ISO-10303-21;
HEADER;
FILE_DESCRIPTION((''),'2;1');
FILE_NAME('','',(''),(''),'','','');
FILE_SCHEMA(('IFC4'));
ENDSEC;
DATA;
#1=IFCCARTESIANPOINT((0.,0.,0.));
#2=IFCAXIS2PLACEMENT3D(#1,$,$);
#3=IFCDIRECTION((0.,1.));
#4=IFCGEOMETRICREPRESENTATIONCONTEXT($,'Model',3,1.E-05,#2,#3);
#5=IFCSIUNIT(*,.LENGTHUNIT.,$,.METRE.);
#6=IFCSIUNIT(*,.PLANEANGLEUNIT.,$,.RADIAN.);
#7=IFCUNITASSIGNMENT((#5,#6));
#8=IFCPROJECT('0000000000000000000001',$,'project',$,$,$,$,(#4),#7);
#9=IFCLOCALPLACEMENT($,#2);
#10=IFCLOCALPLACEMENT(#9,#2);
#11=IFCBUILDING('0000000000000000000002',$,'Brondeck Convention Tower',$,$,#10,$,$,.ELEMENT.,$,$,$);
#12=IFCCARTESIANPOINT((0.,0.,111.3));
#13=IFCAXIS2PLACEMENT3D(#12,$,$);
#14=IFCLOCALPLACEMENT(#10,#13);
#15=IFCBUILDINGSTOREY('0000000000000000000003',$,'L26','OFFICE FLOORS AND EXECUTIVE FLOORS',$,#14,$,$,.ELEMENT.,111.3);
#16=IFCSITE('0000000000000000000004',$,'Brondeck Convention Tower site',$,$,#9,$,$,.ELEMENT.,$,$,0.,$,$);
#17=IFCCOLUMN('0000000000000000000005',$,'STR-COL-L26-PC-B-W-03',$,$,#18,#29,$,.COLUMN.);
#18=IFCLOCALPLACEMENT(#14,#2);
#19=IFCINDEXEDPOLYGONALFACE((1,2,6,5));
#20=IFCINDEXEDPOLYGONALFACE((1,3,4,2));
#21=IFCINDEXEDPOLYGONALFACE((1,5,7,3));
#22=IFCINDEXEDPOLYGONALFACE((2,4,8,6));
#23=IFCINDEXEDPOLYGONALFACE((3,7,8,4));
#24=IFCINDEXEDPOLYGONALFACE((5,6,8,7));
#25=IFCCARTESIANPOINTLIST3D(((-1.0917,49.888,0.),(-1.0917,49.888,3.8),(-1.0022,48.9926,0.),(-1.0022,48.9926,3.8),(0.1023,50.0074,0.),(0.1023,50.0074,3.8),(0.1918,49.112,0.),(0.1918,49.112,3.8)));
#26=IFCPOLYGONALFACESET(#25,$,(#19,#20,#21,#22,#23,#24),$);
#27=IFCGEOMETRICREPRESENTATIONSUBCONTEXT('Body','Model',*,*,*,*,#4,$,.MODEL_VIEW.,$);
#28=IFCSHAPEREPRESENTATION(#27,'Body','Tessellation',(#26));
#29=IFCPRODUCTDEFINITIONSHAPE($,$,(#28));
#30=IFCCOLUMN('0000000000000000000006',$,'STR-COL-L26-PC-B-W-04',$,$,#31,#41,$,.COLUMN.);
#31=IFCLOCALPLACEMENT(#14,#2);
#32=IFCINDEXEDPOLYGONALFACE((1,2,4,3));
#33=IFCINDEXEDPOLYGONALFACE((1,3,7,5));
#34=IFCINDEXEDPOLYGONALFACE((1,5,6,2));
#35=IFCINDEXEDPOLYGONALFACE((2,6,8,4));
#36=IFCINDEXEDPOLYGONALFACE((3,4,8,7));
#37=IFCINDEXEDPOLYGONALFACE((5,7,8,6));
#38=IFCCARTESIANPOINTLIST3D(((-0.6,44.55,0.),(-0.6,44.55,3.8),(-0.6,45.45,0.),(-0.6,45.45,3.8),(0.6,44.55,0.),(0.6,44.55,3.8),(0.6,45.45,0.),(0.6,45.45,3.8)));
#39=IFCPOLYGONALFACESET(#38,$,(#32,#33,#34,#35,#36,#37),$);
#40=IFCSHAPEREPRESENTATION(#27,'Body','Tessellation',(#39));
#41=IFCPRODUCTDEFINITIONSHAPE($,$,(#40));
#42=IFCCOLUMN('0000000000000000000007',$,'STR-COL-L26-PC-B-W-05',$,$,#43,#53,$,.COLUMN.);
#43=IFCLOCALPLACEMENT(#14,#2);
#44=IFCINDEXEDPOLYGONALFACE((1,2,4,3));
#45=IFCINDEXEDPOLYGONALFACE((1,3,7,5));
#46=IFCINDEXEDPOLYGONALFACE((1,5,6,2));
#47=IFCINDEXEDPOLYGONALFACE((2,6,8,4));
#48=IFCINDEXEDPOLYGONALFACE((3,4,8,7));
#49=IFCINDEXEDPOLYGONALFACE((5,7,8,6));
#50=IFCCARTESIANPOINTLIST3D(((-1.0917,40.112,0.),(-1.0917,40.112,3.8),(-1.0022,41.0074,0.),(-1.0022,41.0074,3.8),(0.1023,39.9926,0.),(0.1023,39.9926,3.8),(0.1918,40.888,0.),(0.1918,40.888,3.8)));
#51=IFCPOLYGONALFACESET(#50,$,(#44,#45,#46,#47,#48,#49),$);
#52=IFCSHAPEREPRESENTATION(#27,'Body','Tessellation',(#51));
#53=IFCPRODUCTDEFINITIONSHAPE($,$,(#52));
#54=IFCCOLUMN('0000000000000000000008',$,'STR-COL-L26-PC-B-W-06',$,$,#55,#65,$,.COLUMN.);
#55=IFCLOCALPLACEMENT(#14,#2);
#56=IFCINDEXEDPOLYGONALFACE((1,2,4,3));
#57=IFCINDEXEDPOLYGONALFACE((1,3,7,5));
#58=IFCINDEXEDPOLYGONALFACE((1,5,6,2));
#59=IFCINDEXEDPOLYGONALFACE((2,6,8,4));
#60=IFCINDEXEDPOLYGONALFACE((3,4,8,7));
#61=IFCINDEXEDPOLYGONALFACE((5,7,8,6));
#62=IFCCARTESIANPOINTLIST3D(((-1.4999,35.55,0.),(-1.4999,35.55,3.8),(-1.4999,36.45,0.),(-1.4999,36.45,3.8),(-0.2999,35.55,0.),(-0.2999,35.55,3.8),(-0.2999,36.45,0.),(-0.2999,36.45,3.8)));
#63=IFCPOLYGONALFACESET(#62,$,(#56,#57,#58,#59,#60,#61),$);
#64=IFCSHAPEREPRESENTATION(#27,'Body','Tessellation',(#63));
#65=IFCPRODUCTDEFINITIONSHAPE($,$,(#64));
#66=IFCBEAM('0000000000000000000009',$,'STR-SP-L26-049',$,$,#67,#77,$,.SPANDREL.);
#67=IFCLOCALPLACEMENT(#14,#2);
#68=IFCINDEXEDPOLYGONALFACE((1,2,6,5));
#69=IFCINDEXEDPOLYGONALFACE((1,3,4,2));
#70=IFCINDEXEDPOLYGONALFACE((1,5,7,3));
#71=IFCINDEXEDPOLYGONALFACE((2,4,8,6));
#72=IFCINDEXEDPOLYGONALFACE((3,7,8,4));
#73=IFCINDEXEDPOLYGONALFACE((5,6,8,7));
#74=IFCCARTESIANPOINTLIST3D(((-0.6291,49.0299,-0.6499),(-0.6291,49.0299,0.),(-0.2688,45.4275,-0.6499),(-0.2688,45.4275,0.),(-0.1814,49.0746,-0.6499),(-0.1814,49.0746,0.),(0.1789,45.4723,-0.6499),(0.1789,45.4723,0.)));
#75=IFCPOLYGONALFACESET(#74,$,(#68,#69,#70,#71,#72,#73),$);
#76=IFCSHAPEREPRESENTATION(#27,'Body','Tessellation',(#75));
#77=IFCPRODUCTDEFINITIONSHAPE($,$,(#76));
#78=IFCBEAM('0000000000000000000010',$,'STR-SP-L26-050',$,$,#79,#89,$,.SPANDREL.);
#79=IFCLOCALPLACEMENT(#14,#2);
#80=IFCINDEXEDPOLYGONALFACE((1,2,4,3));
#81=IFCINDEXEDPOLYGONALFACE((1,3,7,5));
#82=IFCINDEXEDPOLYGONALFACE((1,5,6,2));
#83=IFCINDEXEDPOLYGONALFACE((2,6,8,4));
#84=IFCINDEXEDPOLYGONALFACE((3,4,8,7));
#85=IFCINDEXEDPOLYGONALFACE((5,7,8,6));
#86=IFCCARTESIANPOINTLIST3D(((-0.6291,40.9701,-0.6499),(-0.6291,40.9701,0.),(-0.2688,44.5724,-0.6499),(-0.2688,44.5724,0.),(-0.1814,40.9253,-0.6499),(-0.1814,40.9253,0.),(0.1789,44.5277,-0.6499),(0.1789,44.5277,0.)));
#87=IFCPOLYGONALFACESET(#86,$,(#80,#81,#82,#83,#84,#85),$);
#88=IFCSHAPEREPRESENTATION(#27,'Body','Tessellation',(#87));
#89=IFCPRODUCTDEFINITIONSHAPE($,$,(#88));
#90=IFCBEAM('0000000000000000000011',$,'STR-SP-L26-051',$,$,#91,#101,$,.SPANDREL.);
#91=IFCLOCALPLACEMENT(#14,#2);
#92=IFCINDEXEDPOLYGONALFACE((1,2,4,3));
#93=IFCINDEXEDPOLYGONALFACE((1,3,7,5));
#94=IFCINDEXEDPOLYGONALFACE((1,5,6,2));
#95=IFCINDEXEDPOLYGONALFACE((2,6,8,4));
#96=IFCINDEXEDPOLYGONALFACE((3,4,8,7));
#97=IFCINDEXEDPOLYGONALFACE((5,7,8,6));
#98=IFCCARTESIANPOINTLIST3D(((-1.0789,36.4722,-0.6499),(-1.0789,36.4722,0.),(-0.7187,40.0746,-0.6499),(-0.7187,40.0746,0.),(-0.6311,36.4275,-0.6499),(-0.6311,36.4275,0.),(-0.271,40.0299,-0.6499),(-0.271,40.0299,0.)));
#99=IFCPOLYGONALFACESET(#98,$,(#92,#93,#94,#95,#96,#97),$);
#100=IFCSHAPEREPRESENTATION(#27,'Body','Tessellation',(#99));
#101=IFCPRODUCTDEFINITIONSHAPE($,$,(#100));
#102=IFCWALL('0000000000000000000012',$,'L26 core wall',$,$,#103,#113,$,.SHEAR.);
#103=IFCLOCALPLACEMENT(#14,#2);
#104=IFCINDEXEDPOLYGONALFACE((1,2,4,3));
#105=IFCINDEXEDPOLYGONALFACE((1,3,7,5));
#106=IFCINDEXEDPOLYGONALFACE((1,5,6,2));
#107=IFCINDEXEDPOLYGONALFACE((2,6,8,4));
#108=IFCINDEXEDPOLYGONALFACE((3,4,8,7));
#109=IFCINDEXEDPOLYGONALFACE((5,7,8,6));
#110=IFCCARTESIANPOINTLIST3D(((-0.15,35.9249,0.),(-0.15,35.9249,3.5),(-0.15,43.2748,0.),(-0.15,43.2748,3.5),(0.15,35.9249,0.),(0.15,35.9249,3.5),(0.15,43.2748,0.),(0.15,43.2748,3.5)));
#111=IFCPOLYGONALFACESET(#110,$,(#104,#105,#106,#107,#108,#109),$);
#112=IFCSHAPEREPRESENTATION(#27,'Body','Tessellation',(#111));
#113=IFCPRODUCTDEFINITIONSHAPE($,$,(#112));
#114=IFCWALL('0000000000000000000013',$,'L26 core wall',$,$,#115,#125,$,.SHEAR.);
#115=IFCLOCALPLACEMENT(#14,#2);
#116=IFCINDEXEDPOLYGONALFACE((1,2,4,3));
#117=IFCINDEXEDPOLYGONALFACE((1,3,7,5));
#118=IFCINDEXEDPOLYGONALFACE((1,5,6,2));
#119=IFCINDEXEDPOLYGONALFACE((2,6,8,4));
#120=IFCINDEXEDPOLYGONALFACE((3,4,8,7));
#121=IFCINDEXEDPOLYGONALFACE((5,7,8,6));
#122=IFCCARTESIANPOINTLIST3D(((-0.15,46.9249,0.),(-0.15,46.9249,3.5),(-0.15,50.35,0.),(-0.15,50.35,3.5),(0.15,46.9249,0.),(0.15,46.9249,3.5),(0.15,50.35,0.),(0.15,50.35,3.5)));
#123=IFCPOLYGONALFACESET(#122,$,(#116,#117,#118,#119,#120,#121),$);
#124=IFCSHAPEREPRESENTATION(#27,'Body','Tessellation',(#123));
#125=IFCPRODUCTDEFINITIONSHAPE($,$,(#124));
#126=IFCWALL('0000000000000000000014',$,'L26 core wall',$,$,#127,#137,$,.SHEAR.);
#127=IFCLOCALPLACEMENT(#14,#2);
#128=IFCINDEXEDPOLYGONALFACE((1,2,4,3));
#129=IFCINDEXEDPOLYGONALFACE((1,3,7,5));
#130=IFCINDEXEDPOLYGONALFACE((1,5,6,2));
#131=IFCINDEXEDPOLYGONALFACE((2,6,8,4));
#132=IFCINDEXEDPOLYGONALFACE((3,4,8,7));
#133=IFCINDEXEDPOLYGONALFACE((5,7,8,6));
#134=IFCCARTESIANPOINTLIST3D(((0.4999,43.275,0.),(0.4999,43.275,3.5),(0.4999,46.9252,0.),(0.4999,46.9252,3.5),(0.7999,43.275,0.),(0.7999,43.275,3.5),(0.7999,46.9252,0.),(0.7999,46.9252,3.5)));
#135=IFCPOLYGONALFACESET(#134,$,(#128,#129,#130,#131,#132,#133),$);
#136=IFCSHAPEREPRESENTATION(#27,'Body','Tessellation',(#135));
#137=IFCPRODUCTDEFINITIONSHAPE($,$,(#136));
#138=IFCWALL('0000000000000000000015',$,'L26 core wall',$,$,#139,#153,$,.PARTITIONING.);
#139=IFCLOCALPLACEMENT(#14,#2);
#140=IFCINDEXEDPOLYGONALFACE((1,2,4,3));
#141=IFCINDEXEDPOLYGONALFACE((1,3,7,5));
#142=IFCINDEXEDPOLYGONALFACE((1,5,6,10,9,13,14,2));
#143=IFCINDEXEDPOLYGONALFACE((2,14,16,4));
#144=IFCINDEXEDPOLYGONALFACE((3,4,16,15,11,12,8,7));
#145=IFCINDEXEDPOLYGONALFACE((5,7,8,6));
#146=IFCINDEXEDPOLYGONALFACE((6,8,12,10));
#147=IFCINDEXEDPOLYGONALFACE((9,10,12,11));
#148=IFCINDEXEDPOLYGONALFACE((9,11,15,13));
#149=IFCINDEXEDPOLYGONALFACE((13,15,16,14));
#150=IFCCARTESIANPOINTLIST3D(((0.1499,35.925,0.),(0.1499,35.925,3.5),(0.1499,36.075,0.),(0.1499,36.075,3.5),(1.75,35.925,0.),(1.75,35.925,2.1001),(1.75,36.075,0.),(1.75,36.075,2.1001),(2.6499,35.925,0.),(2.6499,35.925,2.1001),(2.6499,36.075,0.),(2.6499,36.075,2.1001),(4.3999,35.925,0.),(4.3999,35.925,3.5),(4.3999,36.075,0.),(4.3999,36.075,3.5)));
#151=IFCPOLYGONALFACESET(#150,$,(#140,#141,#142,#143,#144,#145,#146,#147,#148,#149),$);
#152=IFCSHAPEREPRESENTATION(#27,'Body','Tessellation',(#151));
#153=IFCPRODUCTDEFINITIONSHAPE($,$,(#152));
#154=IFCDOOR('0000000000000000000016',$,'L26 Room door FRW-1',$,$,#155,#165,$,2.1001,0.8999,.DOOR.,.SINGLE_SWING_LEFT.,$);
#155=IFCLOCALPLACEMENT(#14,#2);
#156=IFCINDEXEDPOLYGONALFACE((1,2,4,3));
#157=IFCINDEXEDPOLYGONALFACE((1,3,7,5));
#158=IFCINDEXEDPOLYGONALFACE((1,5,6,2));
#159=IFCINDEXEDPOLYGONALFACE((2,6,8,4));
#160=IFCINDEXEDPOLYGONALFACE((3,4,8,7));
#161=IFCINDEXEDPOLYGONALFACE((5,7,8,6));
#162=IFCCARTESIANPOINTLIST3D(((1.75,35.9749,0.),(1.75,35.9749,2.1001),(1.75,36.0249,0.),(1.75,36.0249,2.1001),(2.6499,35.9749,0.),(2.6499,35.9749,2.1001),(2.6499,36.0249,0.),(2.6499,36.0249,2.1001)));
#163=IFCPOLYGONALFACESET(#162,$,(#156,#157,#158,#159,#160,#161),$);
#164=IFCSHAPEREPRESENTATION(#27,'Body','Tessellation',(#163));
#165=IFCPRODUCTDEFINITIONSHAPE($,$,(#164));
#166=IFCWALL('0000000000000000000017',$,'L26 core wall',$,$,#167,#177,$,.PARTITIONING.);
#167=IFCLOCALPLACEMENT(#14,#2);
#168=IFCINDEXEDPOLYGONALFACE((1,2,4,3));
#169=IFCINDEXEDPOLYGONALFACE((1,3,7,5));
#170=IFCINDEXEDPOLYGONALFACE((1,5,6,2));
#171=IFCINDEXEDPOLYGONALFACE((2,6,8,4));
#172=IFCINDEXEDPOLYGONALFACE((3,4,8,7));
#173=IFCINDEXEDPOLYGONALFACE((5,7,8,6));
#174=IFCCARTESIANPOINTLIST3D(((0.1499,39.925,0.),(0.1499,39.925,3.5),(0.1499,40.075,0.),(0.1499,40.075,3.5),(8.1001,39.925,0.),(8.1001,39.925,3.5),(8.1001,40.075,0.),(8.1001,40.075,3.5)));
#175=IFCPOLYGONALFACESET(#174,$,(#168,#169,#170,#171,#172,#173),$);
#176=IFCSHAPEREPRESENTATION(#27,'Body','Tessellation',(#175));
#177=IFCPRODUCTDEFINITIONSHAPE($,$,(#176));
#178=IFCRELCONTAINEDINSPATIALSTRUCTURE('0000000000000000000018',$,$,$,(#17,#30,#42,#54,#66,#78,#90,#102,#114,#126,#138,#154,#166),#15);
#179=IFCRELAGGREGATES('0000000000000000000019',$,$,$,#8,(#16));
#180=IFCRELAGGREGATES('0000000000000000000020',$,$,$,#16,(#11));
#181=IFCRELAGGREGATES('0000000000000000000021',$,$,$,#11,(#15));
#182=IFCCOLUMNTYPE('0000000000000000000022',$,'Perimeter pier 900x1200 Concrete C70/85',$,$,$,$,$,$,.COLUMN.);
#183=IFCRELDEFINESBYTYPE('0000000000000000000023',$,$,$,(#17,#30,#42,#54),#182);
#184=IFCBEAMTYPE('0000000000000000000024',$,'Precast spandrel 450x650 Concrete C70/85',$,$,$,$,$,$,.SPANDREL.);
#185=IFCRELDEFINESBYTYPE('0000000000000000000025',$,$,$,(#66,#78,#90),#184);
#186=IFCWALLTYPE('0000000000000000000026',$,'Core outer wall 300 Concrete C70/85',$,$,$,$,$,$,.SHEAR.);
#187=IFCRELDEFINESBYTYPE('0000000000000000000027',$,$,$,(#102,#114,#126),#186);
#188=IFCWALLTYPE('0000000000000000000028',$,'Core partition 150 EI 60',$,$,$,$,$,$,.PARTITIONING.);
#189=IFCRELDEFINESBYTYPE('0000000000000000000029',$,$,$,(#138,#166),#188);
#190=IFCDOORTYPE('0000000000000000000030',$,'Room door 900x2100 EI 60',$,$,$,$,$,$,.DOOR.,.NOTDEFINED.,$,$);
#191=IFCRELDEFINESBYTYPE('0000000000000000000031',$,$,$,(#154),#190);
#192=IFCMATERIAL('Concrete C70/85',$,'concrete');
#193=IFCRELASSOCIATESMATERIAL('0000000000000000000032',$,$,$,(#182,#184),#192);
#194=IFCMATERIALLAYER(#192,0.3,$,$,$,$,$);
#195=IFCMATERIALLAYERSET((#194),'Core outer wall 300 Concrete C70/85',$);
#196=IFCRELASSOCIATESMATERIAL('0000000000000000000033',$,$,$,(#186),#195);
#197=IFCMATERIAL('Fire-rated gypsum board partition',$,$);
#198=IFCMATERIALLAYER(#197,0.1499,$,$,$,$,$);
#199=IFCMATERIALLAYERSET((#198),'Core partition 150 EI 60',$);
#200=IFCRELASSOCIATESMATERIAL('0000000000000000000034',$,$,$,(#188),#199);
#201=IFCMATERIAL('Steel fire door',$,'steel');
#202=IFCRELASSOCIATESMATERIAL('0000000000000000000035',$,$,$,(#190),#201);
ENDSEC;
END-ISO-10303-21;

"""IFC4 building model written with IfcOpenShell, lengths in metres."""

from ifc_helpers import new_model, si_unit, direction, frame, frame_2d, origin, origin_2d, place, context, subcontext, project, spatial, rectangle, extrude, material, layer, layer_set, material_profile, profile_set, type_object, element, fill, save


model = new_model("IFC4")

# Units and contexts
model_context = context("Model", 3, precision=1e-05, world=origin(), true_north=direction((0.0, 1.0)))
body_context = subcontext(model_context, "Body", "Model", "MODEL_VIEW")
ifc_project = project(units=[si_unit("LENGTHUNIT", "METRE"), si_unit("PLANEANGLEUNIT", "RADIAN")], contexts=[model_context])

# Site, building, storey
site_placement = place(None, origin())
site = spatial("IfcSite", under=ifc_project, at=site_placement, Name="Brondeck Convention Tower site", CompositionType="ELEMENT", RefElevation=0.0)
building_placement = place(site_placement, origin())
building = spatial("IfcBuilding", under=site, at=building_placement, Name="Brondeck Convention Tower", CompositionType="ELEMENT")
storey_placement = place(building_placement, frame((0.0, 0.0, 111.3)))
storey = spatial("IfcBuildingStorey", under=building, at=storey_placement, Name="L26", Description="OFFICE FLOORS AND EXECUTIVE FLOORS", CompositionType="ELEMENT", Elevation=111.3)

# Columns
ifc_material_1 = material(Name="Concrete C70/85", Category="concrete")
ifc_material_profile_1 = material_profile(ifc_material_1, rectangle(XDim=0.8999, YDim=1.2, at=origin_2d()), Name="Perimeter pier 900x1200 Concrete C70/85")
ifc_profile_set_1 = profile_set([ifc_material_profile_1], Name="Concrete C70/85")
column_type = type_object("IfcColumnType", Name="Perimeter pier 900x1200 Concrete C70/85", PredefinedType="COLUMN", material=ifc_profile_set_1)
for number, where, z_axis, x_axis, name in (
    (1, (-0.45, 49.5, 0.0), (0.0, 0.0, 1.0), (0.099504, -0.995037, 0.0), "STR-COL-L26-PC-B-W-03"),
    (2, (0.0, 45.0, 0.0), (0.0, 0.0, 1.0), (0.0, -1.0, 0.0), "STR-COL-L26-PC-B-W-04"),
    (3, (-0.45, 40.5, 0.0), (0.0, 0.0, 1.0), (-0.099504, -0.995037, 0.0), "STR-COL-L26-PC-B-W-05"),
    (4, (-0.8999, 36.0, 0.0), (0.0, 0.0, 1.0), (0.0, -1.0, 0.0), "STR-COL-L26-PC-B-W-06"),
):
    element("IfcColumn", number, at=place(storey_placement, frame(where, z_axis=z_axis, x_axis=x_axis)), inside=storey, type_object=column_type, Name=name, PredefinedType="COLUMN", context=body_context, shape_type="SweptSolid", body=[
        extrude(rectangle(XDim=0.8999, YDim=1.2, at=origin_2d()), origin(), (0.0, 0.0, 1.0), 3.8),
    ])

# Beams
ifc_material_profile_2 = material_profile(ifc_material_1, rectangle(XDim=0.45, YDim=0.6499, at=origin_2d()), Name="Precast spandrel 450x650 Concrete C70/85")
ifc_profile_set_2 = profile_set([ifc_material_profile_2], Name="Concrete C70/85")
beam_type = type_object("IfcBeamType", Name="Precast spandrel 450x650 Concrete C70/85", PredefinedType="SPANDREL", material=ifc_profile_set_2)
for number, where, z_axis, x_axis, name in (
    (5, (-0.4053, 49.0522, -0.325), (0.099537, -0.995034, 0.0), (0.995034, 0.099537, 0.0), "STR-SP-L26-049"),
    (6, (-0.0449, 44.55, -0.325), (-0.099537, -0.995034, 0.0), (0.995034, -0.099537, 0.0), "STR-SP-L26-050"),
    (7, (-0.4949, 40.0522, -0.325), (-0.09947, -0.995041, 0.0), (0.995041, -0.09947, 0.0), "STR-SP-L26-051"),
):
    element("IfcBeam", number, at=place(storey_placement, frame(where, z_axis=z_axis, x_axis=x_axis)), inside=storey, type_object=beam_type, Name=name, PredefinedType="SPANDREL", context=body_context, shape_type="SweptSolid", body=[
        extrude(rectangle(XDim=0.45, YDim=0.6499, at=origin_2d()), origin(), (0.0, 0.0, 1.0), 3.6204),
    ])

# Walls
ifc_layer_1 = layer(ifc_material_1, 0.3)
ifc_layer_set_1 = layer_set([ifc_layer_1], Name="Core outer wall 300 Concrete C70/85")
wall_type_1 = type_object("IfcWallType", Name="Core outer wall 300 Concrete C70/85", PredefinedType="SHEAR", material=ifc_layer_set_1)
wall_1_placement = place(storey_placement, frame((0.0, 35.925, 0.0), z_axis=(0.0, 0.0, 1.0), x_axis=(0.0, 1.0, 0.0)))
element("IfcWall", 8, at=wall_1_placement, inside=storey, type_object=wall_type_1, Name="L26 core wall", PredefinedType="SHEAR", context=body_context, shape_type="SweptSolid", body=[
    extrude(rectangle(XDim=7.3499, YDim=0.3, at=frame_2d((3.6748, 0.0))), origin(), (0.0, 0.0, 1.0), 3.5),
])
wall_2_placement = place(storey_placement, frame((0.0, 46.925, 0.0), z_axis=(0.0, 0.0, 1.0), x_axis=(0.0, 1.0, 0.0)))
element("IfcWall", 9, at=wall_2_placement, inside=storey, type_object=wall_type_1, Name="L26 core wall", PredefinedType="SHEAR", context=body_context, shape_type="SweptSolid", body=[
    extrude(rectangle(XDim=3.425, YDim=0.3, at=frame_2d((1.7124, 0.0))), origin(), (0.0, 0.0, 1.0), 3.5),
])
wall_3_placement = place(storey_placement, frame((0.6499, 43.2749, 0.0), z_axis=(0.0, 0.0, 1.0), x_axis=(0.0, 1.0, 0.0)))
element("IfcWall", 10, at=wall_3_placement, inside=storey, type_object=wall_type_1, Name="L26 core wall", PredefinedType="SHEAR", context=body_context, shape_type="SweptSolid", body=[
    extrude(rectangle(XDim=3.6501, YDim=0.3, at=frame_2d((1.8252, 0.0))), origin(), (0.0, 0.0, 1.0), 3.5),
])

# Wall, opening, door
ifc_material_2 = material(Name="Fire-rated gypsum board partition")
ifc_layer_2 = layer(ifc_material_2, 0.1499)
ifc_layer_set_2 = layer_set([ifc_layer_2], Name="Core partition 150 EI 60")
wall_type_2 = type_object("IfcWallType", Name="Core partition 150 EI 60", PredefinedType="PARTITIONING", material=ifc_layer_set_2)
wall_4_placement = place(storey_placement, frame((0.1499, 36.0, 0.0), z_axis=(0.0, 0.0, 1.0), x_axis=(1.0, 0.0, 0.0)))
wall_4 = element("IfcWall", 11, at=wall_4_placement, inside=storey, type_object=wall_type_2, Name="L26 core wall", PredefinedType="PARTITIONING", context=body_context, shape_type="SweptSolid", body=[
    extrude(rectangle(XDim=4.25, YDim=0.1499, at=frame_2d((2.125, 0.0))), origin(), (0.0, 0.0, 1.0), 3.5),
])
opening_1_placement = place(wall_4_placement, frame((1.6001, 0.0, 0.0)))
opening_1 = element("IfcOpeningElement", 12, at=opening_1_placement, cuts=wall_4, PredefinedType="OPENING", context=body_context, shape_type="SweptSolid", body=[
    extrude(rectangle(XDim=0.8999, YDim=2.1001, at=frame_2d((0.45, 1.05))), frame((0.0, 0.085, 0.0), z_axis=(0.0, -1.0, 0.0), x_axis=(1.0, 0.0, 0.0)), (0.0, 0.0, 1.0), 0.1699),
])
ifc_material_3 = material(Name="Steel fire door", Category="steel")
door_type_1 = type_object("IfcDoorType", Name="Room door 900x2100 EI 60", OperationType="NOTDEFINED", PredefinedType="DOOR", material=ifc_material_3)
door_1_placement = place(opening_1_placement, origin())
door_1 = element("IfcDoor", 13, at=door_1_placement, inside=storey, type_object=door_type_1, Name="L26 Room door FRW-1", OperationType="SINGLE_SWING_LEFT", OverallHeight=2.1001, OverallWidth=0.8999, PredefinedType="DOOR", context=body_context, shape_type="SweptSolid", body=[
    extrude(rectangle(XDim=0.8999, YDim=2.1001, at=frame_2d((0.45, 1.05))), frame((0.0, 0.0249, 0.0), z_axis=(0.0, -1.0, 0.0), x_axis=(1.0, 0.0, 0.0)), (0.0, 0.0, 1.0), 0.05),
])
fill(opening_1, door_1)

# Wall
wall_5_placement = place(storey_placement, frame((0.1499, 40.0, 0.0), z_axis=(0.0, 0.0, 1.0), x_axis=(1.0, 0.0, 0.0)))
element("IfcWall", 14, at=wall_5_placement, inside=storey, type_object=wall_type_2, Name="L26 core wall", PredefinedType="PARTITIONING", context=body_context, shape_type="SweptSolid", body=[
    extrude(rectangle(XDim=7.9502, YDim=0.1499, at=frame_2d((3.9751, 0.0))), origin(), (0.0, 0.0, 1.0), 3.5),
])

save(model, "model.ifc")
